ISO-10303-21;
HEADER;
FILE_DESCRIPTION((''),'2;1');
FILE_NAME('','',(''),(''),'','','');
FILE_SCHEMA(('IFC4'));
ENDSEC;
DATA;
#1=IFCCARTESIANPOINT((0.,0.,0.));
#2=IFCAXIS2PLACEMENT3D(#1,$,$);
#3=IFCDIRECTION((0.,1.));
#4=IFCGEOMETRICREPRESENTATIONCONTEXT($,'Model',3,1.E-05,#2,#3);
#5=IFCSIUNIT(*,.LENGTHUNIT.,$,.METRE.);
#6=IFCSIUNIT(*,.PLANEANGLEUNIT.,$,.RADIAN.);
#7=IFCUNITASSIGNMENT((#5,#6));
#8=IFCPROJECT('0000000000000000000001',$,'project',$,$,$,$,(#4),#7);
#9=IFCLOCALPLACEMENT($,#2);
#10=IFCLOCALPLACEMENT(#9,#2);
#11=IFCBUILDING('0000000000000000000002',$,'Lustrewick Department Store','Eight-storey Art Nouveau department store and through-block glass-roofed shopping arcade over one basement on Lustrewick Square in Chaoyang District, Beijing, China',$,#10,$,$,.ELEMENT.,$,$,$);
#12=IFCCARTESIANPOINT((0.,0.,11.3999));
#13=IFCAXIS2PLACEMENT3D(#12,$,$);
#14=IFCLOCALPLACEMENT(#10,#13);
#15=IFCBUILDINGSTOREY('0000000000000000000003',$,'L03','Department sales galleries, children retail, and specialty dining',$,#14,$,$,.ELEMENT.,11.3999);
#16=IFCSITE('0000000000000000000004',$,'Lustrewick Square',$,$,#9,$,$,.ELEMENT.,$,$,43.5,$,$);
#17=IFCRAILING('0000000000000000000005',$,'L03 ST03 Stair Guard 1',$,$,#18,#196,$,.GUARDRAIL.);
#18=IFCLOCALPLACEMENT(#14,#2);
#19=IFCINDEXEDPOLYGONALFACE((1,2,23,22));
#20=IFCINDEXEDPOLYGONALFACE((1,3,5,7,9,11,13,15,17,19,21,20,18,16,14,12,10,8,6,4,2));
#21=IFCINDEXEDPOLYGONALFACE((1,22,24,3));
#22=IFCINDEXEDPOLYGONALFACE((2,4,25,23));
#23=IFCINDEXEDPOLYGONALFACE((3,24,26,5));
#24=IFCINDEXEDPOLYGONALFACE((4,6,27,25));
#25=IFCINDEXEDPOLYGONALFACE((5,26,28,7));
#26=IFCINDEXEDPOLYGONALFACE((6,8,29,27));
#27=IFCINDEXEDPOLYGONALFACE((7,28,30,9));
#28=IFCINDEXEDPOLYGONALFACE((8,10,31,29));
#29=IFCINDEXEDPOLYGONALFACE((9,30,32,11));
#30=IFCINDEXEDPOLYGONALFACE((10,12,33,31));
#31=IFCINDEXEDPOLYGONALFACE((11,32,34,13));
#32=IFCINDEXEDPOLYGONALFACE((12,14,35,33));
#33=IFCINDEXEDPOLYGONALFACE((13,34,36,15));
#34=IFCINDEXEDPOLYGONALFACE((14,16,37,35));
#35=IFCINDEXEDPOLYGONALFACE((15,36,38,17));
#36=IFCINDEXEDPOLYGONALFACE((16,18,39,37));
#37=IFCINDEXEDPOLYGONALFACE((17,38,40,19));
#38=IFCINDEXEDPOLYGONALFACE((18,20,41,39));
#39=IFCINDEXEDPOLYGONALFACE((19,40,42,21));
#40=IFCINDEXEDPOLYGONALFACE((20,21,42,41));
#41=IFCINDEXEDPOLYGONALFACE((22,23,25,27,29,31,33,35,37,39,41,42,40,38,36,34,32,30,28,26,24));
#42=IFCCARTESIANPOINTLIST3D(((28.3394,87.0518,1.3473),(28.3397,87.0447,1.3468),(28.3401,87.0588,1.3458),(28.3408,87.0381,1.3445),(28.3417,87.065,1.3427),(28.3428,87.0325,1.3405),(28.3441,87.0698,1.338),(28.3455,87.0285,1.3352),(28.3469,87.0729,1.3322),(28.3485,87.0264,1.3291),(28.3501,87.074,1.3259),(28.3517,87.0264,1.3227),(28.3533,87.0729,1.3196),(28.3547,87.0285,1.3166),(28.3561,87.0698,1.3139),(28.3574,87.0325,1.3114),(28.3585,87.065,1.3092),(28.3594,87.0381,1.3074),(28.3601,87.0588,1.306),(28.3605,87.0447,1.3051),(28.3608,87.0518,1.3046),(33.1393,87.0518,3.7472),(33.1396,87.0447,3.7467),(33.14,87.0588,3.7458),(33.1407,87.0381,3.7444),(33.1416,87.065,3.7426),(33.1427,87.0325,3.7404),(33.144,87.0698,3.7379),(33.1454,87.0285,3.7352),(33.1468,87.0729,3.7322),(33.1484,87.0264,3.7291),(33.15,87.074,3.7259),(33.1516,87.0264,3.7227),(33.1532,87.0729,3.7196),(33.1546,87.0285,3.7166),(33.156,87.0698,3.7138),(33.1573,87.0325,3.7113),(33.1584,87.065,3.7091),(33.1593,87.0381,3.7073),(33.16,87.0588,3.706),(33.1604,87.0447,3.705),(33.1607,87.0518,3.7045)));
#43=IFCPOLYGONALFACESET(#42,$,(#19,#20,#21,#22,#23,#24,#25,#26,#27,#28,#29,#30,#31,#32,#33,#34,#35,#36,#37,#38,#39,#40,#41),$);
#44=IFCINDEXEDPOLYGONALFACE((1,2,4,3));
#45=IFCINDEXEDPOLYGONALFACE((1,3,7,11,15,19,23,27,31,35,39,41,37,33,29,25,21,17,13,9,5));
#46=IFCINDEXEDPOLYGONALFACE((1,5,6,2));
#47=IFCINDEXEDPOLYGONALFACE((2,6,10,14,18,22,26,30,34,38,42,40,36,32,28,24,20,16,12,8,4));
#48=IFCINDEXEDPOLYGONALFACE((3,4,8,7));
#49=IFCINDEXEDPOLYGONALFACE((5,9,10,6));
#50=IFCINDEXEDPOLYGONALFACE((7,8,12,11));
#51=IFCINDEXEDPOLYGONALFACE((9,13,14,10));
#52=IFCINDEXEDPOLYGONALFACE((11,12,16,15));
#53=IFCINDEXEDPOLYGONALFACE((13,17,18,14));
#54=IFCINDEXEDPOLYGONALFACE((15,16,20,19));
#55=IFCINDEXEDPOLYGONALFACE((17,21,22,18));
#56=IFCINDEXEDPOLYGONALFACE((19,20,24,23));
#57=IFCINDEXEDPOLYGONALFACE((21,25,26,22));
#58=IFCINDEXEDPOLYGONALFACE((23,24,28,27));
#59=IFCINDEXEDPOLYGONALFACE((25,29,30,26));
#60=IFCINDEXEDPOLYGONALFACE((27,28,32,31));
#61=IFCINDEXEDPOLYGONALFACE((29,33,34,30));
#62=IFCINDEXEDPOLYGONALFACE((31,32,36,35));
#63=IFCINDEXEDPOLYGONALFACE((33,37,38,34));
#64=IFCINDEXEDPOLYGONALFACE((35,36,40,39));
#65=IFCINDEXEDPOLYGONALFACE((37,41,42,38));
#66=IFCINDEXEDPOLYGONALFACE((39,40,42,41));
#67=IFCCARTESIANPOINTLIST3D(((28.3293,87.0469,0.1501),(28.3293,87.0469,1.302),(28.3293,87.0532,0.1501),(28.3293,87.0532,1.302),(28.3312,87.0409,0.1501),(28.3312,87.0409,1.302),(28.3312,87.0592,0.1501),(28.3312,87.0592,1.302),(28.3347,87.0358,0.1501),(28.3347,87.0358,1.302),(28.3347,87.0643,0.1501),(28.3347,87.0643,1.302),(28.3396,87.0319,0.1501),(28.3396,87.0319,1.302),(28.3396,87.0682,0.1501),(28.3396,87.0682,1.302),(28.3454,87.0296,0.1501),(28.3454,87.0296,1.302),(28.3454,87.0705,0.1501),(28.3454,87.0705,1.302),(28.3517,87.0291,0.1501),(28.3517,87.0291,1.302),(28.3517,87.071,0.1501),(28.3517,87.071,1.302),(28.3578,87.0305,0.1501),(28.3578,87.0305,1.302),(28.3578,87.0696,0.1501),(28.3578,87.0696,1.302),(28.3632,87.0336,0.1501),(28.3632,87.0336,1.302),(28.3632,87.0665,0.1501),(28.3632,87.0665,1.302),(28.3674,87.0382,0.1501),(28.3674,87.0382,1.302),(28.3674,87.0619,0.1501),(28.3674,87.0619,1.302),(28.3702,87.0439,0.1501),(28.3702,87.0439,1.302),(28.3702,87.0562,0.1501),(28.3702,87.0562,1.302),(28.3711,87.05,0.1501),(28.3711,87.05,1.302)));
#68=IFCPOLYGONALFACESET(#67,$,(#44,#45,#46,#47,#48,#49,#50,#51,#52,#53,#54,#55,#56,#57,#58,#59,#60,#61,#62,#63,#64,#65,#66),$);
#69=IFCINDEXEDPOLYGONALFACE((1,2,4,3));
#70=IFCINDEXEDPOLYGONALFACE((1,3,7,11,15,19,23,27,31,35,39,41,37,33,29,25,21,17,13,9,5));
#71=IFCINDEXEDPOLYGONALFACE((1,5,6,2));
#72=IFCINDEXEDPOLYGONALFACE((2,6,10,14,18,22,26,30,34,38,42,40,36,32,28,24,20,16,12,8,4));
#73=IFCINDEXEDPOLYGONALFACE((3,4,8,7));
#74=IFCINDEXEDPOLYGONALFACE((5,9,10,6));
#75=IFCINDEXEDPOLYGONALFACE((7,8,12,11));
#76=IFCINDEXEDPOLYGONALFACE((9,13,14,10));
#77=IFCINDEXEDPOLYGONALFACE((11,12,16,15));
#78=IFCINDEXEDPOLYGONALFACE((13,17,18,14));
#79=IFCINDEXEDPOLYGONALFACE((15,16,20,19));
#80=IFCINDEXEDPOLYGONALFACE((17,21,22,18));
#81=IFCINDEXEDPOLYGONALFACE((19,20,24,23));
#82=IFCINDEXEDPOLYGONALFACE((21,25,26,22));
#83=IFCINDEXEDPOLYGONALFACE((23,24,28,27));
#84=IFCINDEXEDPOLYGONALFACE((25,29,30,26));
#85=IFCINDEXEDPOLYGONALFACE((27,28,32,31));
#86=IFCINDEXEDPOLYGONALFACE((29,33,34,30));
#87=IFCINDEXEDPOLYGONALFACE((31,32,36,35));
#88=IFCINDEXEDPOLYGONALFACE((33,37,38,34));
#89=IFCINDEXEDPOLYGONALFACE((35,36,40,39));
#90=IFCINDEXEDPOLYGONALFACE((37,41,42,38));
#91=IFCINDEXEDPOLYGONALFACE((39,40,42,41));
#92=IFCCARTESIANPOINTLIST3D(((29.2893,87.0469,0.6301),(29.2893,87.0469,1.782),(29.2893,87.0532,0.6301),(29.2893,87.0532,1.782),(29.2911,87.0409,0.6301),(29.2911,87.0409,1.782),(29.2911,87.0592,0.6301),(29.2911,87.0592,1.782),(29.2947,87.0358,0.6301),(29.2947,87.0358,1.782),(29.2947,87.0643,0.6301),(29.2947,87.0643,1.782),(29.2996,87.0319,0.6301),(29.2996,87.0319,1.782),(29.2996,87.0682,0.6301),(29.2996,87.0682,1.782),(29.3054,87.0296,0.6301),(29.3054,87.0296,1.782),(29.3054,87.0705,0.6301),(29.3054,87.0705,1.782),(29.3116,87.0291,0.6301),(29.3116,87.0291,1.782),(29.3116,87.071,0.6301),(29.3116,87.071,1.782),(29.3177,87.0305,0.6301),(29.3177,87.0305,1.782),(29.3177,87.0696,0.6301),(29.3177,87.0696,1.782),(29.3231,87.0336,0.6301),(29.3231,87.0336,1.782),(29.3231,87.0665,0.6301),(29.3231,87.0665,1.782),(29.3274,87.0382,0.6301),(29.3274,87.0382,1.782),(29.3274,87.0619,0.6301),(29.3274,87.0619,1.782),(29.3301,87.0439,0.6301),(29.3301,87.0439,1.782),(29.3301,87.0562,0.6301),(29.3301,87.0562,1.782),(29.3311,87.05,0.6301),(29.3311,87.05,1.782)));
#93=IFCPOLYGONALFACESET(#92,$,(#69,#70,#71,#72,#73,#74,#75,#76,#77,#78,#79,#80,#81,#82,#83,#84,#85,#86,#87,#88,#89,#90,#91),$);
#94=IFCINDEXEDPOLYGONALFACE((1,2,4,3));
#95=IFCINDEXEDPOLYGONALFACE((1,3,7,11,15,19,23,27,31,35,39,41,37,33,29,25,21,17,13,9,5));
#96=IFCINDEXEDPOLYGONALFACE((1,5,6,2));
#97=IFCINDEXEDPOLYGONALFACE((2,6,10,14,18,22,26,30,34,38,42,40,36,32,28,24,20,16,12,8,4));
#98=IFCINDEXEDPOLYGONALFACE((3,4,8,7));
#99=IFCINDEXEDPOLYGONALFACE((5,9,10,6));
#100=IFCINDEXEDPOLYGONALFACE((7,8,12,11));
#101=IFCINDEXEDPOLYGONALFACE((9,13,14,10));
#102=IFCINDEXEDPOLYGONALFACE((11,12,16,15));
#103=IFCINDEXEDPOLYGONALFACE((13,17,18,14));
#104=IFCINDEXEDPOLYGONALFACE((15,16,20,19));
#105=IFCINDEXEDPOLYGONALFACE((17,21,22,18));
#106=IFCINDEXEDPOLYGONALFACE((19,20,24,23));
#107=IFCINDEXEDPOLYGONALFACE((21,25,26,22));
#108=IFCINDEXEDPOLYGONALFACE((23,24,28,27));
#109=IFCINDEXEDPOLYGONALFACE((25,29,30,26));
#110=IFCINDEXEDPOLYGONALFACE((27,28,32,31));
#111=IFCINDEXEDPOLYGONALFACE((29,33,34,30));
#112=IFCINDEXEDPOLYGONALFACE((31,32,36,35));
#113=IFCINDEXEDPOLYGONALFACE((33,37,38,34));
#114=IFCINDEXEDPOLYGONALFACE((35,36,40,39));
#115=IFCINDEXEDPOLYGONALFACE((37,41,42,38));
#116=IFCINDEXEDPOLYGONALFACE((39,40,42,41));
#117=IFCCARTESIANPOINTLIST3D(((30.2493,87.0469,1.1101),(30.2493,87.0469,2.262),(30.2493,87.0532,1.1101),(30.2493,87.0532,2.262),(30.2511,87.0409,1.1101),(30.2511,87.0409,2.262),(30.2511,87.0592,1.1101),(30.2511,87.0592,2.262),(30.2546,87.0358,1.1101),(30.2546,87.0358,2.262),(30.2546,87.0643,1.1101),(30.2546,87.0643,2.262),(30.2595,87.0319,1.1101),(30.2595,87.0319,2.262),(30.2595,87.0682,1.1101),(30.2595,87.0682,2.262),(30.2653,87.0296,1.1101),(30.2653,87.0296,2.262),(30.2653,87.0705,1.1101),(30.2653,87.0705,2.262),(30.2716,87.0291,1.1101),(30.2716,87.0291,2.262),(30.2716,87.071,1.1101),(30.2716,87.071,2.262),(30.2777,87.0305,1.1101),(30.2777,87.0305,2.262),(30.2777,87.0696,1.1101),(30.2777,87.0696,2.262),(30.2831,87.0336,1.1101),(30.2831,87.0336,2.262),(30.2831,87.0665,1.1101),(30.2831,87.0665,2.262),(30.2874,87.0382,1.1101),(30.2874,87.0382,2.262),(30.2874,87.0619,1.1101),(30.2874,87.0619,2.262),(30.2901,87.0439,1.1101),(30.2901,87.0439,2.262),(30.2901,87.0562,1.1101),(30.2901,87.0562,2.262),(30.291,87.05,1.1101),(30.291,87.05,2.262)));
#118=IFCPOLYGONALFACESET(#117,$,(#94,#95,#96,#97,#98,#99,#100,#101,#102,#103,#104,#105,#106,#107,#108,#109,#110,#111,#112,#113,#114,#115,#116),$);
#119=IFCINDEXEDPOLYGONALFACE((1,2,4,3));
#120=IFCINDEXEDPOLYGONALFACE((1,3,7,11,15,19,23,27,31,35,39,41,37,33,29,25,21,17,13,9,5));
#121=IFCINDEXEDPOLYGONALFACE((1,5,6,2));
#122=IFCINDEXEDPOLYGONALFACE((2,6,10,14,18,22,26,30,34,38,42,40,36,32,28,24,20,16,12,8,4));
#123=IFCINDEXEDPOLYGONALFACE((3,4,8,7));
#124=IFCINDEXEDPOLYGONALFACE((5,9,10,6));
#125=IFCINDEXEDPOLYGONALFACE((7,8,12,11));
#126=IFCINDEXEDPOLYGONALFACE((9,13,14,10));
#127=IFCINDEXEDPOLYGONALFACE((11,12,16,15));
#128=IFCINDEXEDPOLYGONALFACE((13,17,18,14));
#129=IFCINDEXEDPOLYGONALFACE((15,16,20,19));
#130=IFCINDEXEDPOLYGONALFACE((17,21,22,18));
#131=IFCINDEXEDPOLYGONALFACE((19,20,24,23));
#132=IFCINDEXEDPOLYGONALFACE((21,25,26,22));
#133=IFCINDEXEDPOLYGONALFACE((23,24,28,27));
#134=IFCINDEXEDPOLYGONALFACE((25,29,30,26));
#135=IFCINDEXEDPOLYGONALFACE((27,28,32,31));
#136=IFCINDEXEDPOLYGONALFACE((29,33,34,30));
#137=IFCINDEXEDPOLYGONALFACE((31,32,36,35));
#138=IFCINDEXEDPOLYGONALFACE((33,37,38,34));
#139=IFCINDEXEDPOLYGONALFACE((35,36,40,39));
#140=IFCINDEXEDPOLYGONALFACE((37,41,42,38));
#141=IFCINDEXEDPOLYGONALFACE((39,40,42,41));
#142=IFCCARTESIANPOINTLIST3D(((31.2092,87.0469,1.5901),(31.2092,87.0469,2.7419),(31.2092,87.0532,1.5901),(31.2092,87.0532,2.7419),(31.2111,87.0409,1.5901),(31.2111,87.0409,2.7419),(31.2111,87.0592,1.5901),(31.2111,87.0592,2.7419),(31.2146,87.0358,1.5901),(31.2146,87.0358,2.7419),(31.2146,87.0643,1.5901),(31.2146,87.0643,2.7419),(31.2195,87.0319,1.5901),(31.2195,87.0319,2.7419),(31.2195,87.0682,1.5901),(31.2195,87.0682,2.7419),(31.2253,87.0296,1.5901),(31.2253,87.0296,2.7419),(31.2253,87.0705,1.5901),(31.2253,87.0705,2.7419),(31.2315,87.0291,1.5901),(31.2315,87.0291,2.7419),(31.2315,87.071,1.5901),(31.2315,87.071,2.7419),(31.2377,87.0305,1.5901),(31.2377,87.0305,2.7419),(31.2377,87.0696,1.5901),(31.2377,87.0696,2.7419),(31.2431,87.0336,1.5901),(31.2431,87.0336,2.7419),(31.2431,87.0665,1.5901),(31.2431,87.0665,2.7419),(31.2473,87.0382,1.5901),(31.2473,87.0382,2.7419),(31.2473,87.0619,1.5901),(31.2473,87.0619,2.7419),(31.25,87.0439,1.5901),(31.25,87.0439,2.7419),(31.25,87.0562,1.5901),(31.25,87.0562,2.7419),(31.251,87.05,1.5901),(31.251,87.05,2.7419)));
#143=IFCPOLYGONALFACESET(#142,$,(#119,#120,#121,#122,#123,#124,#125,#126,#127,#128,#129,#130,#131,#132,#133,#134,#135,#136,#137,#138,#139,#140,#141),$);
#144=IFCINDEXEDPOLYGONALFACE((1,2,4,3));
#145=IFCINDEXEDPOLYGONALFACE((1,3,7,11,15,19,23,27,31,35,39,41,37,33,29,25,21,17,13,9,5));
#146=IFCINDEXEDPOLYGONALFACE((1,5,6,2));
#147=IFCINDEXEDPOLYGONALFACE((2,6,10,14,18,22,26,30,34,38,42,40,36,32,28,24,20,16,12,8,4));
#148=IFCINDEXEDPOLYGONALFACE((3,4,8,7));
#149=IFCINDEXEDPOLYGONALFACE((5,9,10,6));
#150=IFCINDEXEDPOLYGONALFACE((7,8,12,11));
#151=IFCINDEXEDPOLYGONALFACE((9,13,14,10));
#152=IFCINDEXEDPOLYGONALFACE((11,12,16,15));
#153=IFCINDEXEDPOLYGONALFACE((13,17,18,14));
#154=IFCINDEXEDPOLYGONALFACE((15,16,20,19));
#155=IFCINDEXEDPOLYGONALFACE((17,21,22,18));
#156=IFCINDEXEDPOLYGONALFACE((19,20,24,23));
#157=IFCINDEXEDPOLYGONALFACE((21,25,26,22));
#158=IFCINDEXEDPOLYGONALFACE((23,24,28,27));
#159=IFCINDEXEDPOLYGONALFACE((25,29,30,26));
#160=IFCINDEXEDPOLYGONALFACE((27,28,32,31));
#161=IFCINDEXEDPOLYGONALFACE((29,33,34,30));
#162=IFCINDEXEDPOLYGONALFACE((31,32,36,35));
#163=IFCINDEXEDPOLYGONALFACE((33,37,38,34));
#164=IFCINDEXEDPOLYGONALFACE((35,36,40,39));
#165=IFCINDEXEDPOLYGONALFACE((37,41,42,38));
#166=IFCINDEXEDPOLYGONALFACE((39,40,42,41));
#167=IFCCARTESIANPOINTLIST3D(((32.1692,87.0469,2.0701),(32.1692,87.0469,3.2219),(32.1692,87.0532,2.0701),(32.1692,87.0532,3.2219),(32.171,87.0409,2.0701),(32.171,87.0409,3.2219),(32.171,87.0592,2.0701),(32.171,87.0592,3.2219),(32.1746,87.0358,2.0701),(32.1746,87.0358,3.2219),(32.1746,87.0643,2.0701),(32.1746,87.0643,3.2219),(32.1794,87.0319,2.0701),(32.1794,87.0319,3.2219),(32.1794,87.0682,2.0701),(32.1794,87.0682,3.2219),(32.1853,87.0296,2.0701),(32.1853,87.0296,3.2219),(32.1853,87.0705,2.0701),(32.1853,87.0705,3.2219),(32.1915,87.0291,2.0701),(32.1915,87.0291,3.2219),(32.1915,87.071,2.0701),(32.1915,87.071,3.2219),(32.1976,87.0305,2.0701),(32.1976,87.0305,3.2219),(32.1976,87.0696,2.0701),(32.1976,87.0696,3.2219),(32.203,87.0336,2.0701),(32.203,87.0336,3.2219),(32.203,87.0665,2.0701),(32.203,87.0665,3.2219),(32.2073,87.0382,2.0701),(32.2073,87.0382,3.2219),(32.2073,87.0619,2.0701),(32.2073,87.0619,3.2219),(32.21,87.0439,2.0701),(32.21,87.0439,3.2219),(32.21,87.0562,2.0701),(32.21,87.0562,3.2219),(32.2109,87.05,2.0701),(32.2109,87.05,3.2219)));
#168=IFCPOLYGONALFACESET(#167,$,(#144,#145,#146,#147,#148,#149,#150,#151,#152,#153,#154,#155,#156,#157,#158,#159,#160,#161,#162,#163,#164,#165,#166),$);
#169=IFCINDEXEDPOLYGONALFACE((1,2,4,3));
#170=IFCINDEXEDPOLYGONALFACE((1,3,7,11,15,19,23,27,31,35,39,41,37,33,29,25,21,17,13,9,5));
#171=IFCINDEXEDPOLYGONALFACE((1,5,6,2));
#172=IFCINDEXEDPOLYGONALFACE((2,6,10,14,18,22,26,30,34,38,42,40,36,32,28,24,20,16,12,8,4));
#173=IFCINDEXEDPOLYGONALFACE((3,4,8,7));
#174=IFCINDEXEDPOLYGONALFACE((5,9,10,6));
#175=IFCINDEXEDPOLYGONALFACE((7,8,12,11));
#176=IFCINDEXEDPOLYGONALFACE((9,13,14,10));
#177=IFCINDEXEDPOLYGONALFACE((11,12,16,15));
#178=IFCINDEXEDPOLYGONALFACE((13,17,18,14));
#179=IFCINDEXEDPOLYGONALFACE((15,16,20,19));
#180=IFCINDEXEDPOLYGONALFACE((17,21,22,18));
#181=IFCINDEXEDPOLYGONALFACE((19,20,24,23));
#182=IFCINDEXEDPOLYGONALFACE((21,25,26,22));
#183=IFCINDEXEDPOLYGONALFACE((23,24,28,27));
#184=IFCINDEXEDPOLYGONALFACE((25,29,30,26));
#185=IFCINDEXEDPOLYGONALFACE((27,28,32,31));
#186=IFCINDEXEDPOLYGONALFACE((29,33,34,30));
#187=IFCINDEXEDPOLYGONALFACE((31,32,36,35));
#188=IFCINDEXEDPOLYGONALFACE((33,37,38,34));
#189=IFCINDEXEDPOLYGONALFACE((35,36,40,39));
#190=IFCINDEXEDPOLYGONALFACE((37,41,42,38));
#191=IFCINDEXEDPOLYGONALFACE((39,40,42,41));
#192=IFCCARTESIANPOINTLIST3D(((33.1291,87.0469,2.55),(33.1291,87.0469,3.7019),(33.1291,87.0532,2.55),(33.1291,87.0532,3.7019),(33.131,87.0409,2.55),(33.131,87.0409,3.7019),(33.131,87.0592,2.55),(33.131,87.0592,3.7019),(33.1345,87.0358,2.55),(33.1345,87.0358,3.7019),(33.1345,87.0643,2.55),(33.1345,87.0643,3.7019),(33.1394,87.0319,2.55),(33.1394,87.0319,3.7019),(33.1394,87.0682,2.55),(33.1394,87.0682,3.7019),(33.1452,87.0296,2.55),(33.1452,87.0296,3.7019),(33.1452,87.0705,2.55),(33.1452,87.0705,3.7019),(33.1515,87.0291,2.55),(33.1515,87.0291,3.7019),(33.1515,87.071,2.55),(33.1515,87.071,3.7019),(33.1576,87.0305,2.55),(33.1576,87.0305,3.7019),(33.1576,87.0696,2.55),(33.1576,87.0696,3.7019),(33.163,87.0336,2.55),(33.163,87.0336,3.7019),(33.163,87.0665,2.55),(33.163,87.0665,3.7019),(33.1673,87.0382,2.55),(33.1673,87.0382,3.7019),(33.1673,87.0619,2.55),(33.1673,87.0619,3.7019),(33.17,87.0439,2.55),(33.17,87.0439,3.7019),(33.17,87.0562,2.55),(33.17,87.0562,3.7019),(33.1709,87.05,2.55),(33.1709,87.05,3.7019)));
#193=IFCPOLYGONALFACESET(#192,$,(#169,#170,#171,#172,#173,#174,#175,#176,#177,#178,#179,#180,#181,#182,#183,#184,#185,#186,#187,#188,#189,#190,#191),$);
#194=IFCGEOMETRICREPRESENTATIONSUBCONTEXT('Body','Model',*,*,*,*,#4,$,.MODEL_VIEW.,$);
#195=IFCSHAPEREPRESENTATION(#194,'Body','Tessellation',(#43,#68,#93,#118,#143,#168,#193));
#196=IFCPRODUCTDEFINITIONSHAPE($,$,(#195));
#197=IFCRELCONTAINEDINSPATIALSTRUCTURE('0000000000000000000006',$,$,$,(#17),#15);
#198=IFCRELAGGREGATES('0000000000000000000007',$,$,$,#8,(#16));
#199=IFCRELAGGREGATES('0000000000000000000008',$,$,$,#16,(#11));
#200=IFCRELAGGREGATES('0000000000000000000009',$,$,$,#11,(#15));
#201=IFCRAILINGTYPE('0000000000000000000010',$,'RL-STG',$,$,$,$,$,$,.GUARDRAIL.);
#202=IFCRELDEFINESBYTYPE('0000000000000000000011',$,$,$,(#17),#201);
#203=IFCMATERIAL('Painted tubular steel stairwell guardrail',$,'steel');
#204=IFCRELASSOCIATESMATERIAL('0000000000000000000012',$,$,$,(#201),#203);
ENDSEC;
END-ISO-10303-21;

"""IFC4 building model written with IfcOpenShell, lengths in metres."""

from ifc_helpers import new_model, si_unit, direction, frame, origin, origin_2d, place, context, subcontext, project, spatial, circle, extrude, material, type_object, element, save


model = new_model("IFC4")

# Units and contexts
model_context = context("Model", 3, precision=1e-05, world=origin(), true_north=direction((0.0, 1.0)))
body_context = subcontext(model_context, "Body", "Model", "MODEL_VIEW")
ifc_project = project(units=[si_unit("LENGTHUNIT", "METRE"), si_unit("PLANEANGLEUNIT", "RADIAN")], contexts=[model_context])

# Site, building, storey
site_placement = place(None, origin())
site = spatial("IfcSite", under=ifc_project, at=site_placement, Name="Lustrewick Square", CompositionType="ELEMENT", RefElevation=43.5)
building_placement = place(site_placement, origin())
building = spatial("IfcBuilding", under=site, at=building_placement, Name="Lustrewick Department Store", Description="Eight-storey Art Nouveau department store and through-block glass-roofed shopping arcade over one basement on Lustrewick Square in Chaoyang District, Beijing, China", CompositionType="ELEMENT")
storey_placement = place(building_placement, frame((0.0, 0.0, 11.3999)))
storey = spatial("IfcBuildingStorey", under=building, at=storey_placement, Name="L03", Description="Department sales galleries, children retail, and specialty dining", CompositionType="ELEMENT", Elevation=11.3999)

# Railing
ifc_material_1 = material(Name="Painted tubular steel stairwell guardrail", Category="steel")
railing_type_1 = type_object("IfcRailingType", Name="RL-STG", PredefinedType="GUARDRAIL", material=ifc_material_1)
railing_1_placement = place(storey_placement, frame((28.3501, 87.05, 0.1501)))
element("IfcRailing", 1, at=railing_1_placement, inside=storey, type_object=railing_type_1, Name="L03 ST03 Stair Guard 1", PredefinedType="GUARDRAIL", context=body_context, shape_type="SweptSolid", body=[
    extrude(circle(Radius=0.0239, at=origin_2d()), frame((0.0, 0.0, 1.1758), z_axis=(0.894427, 0.0, 0.447214), x_axis=(0.0, 1.0, 0.0)), (0.0, 0.0, 1.0), 5.3665),
    extrude(circle(Radius=0.021, at=origin_2d()), origin(), (0.0, 0.0, 1.0), 1.1519),
    extrude(circle(Radius=0.021, at=origin_2d()), frame((0.96, 0.0, 0.48)), (0.0, 0.0, 1.0), 1.1519),
    extrude(circle(Radius=0.021, at=origin_2d()), frame((1.9199, 0.0, 0.96)), (0.0, 0.0, 1.0), 1.1519),
    extrude(circle(Radius=0.021, at=origin_2d()), frame((2.8799, 0.0, 1.4399)), (0.0, 0.0, 1.0), 1.1519),
    extrude(circle(Radius=0.021, at=origin_2d()), frame((3.8398, 0.0, 1.9199)), (0.0, 0.0, 1.0), 1.1519),
    extrude(circle(Radius=0.021, at=origin_2d()), frame((4.7998, 0.0, 2.3999)), (0.0, 0.0, 1.0), 1.1519),
])

save(model, "model.ifc")
